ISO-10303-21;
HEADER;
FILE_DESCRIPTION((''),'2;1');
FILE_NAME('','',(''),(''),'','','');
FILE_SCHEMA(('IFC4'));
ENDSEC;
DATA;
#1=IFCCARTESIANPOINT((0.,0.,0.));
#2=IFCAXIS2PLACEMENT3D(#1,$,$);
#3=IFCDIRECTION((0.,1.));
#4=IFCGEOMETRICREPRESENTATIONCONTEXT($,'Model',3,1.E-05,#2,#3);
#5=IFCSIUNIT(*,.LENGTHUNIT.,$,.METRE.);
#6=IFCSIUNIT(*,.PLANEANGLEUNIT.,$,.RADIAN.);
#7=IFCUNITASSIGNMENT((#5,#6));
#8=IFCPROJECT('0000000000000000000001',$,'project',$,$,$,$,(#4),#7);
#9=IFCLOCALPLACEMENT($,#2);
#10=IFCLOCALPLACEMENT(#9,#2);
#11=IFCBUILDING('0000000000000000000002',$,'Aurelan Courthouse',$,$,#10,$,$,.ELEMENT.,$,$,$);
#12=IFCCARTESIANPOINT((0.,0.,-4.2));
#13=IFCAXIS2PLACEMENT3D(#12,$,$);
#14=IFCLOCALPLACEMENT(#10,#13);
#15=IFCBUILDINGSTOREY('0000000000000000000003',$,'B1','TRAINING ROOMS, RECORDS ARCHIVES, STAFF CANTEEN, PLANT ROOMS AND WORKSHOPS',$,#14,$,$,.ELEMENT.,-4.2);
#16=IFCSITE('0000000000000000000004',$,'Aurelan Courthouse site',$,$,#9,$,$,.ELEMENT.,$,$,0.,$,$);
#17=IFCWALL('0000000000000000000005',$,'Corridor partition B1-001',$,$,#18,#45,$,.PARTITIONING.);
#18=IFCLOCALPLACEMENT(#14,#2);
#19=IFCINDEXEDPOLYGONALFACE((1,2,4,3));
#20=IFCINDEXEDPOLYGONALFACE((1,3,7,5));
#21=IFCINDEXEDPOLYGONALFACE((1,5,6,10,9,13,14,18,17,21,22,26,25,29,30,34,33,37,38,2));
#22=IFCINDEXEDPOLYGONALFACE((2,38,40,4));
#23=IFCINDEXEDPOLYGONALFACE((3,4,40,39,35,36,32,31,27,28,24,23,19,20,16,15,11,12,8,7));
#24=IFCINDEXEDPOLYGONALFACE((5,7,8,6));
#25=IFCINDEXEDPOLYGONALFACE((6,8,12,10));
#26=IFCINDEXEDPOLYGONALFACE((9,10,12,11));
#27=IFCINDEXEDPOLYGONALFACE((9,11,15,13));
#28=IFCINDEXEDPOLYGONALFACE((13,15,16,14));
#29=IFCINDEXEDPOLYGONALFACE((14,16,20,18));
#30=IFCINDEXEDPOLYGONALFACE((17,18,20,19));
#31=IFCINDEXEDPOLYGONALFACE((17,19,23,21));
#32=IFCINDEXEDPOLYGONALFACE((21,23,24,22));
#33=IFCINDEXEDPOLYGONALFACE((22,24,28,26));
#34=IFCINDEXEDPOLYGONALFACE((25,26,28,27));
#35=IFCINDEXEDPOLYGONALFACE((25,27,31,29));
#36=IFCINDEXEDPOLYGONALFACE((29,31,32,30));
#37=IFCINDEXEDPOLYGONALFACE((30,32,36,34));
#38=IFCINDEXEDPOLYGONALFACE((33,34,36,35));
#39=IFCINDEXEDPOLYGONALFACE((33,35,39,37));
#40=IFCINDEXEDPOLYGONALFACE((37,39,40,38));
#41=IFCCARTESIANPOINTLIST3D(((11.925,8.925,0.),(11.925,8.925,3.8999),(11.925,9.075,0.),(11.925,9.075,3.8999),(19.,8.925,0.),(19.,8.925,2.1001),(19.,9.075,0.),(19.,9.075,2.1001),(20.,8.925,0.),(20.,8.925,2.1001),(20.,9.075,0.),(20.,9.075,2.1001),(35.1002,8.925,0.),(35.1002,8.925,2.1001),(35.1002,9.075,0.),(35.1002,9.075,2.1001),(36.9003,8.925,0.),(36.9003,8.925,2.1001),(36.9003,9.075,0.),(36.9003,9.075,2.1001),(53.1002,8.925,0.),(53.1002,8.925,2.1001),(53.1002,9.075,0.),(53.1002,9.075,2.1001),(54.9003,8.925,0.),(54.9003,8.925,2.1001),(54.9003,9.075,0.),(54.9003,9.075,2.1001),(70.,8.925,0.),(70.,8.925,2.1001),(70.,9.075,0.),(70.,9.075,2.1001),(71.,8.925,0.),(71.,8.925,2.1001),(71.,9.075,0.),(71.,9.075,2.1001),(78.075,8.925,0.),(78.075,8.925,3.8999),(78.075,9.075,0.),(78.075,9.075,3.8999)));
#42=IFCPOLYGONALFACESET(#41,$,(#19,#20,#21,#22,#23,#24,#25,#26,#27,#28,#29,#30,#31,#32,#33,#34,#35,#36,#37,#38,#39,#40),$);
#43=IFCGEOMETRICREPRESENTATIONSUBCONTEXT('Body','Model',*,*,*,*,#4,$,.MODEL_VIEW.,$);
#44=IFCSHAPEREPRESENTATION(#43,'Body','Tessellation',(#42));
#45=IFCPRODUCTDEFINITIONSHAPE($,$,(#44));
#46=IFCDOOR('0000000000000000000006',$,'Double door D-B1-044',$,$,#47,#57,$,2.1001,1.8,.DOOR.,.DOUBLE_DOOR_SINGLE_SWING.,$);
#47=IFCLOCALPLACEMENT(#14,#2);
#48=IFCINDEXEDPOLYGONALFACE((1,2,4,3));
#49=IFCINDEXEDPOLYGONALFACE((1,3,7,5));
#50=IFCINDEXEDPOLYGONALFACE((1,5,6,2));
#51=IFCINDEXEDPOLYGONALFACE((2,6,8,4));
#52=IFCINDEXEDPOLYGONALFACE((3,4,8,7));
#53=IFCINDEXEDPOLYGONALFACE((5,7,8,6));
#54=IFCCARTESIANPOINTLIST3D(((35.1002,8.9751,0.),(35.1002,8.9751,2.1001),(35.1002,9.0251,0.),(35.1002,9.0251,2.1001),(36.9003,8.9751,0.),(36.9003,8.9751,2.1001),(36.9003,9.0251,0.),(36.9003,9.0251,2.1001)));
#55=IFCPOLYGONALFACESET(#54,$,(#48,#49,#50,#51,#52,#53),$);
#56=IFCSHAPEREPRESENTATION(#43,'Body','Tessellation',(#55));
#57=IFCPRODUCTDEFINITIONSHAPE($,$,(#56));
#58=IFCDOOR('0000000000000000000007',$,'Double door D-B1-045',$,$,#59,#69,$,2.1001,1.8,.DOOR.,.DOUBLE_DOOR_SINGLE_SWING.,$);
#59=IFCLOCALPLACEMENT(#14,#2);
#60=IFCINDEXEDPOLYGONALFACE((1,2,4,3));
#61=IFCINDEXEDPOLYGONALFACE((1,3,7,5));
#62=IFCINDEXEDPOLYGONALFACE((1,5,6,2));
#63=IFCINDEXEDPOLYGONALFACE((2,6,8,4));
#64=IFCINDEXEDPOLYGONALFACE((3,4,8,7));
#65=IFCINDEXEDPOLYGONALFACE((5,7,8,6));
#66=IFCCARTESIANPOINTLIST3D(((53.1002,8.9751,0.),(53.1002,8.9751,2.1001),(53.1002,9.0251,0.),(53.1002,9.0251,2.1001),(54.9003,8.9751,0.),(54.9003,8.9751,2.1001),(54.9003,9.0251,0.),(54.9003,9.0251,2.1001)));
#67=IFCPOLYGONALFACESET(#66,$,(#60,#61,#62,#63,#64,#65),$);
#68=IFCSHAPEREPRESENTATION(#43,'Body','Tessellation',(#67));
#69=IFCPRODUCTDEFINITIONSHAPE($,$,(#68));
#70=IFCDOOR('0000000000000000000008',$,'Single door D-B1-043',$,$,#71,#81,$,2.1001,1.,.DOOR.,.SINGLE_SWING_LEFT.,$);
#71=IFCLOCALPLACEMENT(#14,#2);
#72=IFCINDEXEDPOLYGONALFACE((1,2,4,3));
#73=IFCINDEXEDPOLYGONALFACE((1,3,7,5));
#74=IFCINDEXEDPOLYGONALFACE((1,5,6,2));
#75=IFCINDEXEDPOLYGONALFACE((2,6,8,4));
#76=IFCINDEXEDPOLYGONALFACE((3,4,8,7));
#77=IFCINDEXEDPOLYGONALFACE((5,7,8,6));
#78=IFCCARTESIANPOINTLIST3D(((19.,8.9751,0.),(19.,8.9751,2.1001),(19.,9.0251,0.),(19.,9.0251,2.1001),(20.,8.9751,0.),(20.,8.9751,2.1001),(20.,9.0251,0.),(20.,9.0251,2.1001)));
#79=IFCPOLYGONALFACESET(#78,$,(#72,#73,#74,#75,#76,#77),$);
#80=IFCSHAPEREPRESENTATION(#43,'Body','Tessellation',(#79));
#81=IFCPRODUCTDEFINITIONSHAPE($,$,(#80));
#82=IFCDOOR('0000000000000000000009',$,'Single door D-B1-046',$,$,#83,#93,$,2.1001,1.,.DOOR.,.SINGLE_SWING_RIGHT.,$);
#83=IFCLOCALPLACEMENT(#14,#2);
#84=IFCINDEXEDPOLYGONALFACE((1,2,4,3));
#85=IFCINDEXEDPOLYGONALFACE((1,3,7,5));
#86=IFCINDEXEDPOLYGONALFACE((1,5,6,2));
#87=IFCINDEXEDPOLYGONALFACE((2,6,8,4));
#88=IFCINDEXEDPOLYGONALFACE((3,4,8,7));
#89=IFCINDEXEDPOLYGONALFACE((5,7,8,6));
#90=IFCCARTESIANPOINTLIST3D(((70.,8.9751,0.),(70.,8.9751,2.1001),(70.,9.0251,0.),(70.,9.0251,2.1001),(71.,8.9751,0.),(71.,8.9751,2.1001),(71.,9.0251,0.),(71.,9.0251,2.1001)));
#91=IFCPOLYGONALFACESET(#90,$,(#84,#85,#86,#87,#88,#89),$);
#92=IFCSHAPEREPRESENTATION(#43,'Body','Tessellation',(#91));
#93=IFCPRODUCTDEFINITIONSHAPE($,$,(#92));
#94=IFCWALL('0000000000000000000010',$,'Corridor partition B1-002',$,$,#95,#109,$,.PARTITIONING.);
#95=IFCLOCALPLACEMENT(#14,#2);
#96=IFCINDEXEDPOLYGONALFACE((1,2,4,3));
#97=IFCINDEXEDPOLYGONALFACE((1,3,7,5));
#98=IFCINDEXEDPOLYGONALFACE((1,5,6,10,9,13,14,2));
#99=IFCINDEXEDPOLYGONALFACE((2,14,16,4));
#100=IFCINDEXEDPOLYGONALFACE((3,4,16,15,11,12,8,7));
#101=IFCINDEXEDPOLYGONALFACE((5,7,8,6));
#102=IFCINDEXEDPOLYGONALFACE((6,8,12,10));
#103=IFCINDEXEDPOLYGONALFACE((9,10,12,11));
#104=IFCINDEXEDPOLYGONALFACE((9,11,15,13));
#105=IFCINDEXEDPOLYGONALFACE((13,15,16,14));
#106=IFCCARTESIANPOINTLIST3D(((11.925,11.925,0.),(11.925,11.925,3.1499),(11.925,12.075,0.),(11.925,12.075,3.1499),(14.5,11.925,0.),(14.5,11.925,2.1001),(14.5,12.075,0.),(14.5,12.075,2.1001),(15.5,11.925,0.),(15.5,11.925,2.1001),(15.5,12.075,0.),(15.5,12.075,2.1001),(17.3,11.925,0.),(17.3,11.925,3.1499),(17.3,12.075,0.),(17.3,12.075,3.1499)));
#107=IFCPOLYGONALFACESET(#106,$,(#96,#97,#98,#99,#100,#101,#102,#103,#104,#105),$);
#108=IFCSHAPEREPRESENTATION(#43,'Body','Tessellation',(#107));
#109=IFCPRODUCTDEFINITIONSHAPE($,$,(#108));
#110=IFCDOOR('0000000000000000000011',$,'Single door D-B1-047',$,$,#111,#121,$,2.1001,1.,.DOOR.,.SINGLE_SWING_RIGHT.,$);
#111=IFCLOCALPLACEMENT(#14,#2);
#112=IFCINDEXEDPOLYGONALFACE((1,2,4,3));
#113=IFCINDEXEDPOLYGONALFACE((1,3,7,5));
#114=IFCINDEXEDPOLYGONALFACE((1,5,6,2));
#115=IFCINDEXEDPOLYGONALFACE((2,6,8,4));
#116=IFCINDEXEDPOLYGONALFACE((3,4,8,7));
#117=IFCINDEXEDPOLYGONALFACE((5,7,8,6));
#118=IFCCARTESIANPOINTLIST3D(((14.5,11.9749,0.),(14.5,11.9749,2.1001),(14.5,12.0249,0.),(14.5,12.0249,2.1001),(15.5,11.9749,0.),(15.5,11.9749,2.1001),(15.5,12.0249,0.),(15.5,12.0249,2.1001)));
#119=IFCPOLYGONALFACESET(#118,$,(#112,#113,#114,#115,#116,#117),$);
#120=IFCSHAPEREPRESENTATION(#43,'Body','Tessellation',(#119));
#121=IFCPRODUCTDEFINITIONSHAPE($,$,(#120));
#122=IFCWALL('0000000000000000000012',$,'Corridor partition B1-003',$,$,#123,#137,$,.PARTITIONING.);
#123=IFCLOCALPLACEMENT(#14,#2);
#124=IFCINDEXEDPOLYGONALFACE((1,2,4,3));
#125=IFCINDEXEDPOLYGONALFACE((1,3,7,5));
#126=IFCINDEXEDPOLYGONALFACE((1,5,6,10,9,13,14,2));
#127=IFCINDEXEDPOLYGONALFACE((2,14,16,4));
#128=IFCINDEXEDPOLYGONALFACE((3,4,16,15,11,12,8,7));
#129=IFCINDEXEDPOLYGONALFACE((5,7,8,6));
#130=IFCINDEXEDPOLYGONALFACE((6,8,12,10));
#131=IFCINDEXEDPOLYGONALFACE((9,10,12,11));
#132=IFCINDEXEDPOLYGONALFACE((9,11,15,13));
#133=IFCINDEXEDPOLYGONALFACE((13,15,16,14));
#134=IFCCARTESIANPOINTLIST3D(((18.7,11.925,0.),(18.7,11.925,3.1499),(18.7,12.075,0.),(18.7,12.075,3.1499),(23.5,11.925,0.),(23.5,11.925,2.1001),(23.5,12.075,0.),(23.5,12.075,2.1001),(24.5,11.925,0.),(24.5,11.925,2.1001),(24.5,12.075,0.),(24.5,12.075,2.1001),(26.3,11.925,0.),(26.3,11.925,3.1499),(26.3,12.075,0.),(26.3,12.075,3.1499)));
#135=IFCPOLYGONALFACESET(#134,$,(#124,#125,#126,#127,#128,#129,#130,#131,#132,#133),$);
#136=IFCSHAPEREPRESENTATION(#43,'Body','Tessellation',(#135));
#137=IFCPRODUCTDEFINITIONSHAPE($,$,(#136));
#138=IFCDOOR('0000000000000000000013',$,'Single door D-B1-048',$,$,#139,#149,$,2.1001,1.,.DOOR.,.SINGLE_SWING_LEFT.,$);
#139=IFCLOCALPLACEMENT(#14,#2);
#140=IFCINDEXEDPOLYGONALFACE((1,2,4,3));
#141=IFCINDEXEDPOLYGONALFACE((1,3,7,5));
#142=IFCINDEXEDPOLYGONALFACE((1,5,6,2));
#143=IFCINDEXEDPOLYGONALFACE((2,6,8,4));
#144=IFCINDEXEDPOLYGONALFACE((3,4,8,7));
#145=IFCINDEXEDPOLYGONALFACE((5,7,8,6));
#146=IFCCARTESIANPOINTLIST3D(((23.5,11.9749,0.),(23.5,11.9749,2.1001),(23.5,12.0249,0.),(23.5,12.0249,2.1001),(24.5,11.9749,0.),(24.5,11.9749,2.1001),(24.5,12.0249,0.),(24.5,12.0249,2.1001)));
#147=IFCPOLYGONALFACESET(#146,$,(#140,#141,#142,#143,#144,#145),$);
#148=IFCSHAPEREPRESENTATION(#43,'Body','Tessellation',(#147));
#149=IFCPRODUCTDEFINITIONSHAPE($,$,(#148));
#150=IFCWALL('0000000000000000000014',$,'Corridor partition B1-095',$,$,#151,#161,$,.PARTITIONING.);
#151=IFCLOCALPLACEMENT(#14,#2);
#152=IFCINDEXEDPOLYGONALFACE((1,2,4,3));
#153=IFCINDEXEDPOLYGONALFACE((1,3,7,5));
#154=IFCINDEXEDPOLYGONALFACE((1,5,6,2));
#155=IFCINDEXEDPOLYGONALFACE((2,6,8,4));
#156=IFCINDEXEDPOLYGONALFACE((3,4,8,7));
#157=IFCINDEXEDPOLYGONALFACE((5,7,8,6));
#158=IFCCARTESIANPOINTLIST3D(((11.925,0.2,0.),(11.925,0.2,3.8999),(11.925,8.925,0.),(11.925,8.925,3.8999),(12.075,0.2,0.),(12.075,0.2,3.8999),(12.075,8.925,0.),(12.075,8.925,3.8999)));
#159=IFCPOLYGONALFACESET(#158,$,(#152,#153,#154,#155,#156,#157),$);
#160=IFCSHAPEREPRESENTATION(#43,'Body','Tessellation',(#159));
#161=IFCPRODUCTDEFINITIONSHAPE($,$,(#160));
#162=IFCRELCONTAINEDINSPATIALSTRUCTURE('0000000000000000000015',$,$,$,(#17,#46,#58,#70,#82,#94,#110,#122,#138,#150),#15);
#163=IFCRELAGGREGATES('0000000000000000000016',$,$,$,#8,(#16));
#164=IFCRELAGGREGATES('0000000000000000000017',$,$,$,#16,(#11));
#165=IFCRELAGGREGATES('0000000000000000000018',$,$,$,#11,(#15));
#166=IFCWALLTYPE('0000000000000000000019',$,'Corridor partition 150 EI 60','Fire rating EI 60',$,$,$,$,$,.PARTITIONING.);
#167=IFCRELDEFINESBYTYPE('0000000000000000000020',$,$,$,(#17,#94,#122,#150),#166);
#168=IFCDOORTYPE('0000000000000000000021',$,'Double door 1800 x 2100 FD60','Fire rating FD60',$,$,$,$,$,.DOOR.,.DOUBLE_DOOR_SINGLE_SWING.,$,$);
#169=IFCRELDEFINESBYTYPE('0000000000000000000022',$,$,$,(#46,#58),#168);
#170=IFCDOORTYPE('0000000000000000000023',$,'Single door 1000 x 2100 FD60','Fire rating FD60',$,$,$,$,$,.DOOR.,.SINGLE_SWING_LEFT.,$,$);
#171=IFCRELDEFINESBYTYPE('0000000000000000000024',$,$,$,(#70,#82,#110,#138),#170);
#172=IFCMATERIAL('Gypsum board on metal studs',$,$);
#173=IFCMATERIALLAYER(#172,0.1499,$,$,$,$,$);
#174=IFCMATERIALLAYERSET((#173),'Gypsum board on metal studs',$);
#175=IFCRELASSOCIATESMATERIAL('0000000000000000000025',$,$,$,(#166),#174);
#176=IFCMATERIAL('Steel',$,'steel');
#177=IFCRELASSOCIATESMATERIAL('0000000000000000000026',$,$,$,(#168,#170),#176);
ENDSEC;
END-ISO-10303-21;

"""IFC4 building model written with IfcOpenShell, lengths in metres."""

from ifc_helpers import new_model, si_unit, direction, frame, frame_2d, origin, place, context, subcontext, project, spatial, rectangle, extrude, material, layer, layer_set, type_object, element, fill, save


model = new_model("IFC4")

# Units and contexts
model_context = context("Model", 3, precision=1e-05, world=origin(), true_north=direction((0.0, 1.0)))
body_context = subcontext(model_context, "Body", "Model", "MODEL_VIEW")
ifc_project = project(units=[si_unit("LENGTHUNIT", "METRE"), si_unit("PLANEANGLEUNIT", "RADIAN")], contexts=[model_context])

# Site, building, storey
site_placement = place(None, origin())
site = spatial("IfcSite", under=ifc_project, at=site_placement, Name="Aurelan Courthouse site", CompositionType="ELEMENT", RefElevation=0.0)
building_placement = place(site_placement, origin())
building = spatial("IfcBuilding", under=site, at=building_placement, Name="Aurelan Courthouse", CompositionType="ELEMENT")
storey_placement = place(building_placement, frame((0.0, 0.0, -4.2)))
storey = spatial("IfcBuildingStorey", under=building, at=storey_placement, Name="B1", Description="TRAINING ROOMS, RECORDS ARCHIVES, STAFF CANTEEN, PLANT ROOMS AND WORKSHOPS", CompositionType="ELEMENT", Elevation=-4.2)

# Wall, openings, doors
ifc_material_1 = material(Name="Gypsum board on metal studs")
ifc_layer_1 = layer(ifc_material_1, 0.1499)
ifc_layer_set_1 = layer_set([ifc_layer_1], Name="Gypsum board on metal studs")
wall_type_1 = type_object("IfcWallType", Name="Corridor partition 150 EI 60", Description="Fire rating EI 60", PredefinedType="PARTITIONING", material=ifc_layer_set_1)
wall_1_placement = place(storey_placement, frame((11.925, 9.0, 0.0), z_axis=(0.0, 0.0, 1.0), x_axis=(1.0, 0.0, 0.0)))
wall_1 = element("IfcWall", 1, at=wall_1_placement, inside=storey, type_object=wall_type_1, Name="Corridor partition B1-001", PredefinedType="PARTITIONING", context=body_context, shape_type="SweptSolid", body=[
    extrude(rectangle(XDim=66.1499, YDim=0.1499, at=frame_2d((33.075, 0.0))), origin(), (0.0, 0.0, 1.0), 3.8999),
])
opening_1_placement = place(wall_1_placement, frame((8.075, 0.0, 0.0), z_axis=(0.0, 0.0, 1.0), x_axis=(-1.0, 0.0, 0.0)))
opening_1 = element("IfcOpeningElement", 2, at=opening_1_placement, cuts=wall_1, PredefinedType="OPENING", context=body_context, shape_type="SweptSolid", body=[
    extrude(rectangle(XDim=1.0, YDim=2.1001, at=frame_2d((0.5, 1.05))), frame((0.0, 0.085, 0.0), z_axis=(0.0, -1.0, 0.0), x_axis=(1.0, 0.0, 0.0)), (0.0, 0.0, 1.0), 0.1699),
])
opening_2_placement = place(wall_1_placement, frame((24.9751, 0.0, 0.0), z_axis=(0.0, 0.0, 1.0), x_axis=(-1.0, 0.0, 0.0)))
opening_2 = element("IfcOpeningElement", 3, at=opening_2_placement, cuts=wall_1, PredefinedType="OPENING", context=body_context, shape_type="SweptSolid", body=[
    extrude(rectangle(XDim=1.8, YDim=2.1001, at=frame_2d((0.8999, 1.05))), frame((0.0, 0.085, 0.0), z_axis=(0.0, -1.0, 0.0), x_axis=(1.0, 0.0, 0.0)), (0.0, 0.0, 1.0), 0.1699),
])
opening_3_placement = place(wall_1_placement, frame((42.9751, 0.0, 0.0), z_axis=(0.0, 0.0, 1.0), x_axis=(-1.0, 0.0, 0.0)))
opening_3 = element("IfcOpeningElement", 4, at=opening_3_placement, cuts=wall_1, PredefinedType="OPENING", context=body_context, shape_type="SweptSolid", body=[
    extrude(rectangle(XDim=1.8, YDim=2.1001, at=frame_2d((0.8999, 1.05))), frame((0.0, 0.085, 0.0), z_axis=(0.0, -1.0, 0.0), x_axis=(1.0, 0.0, 0.0)), (0.0, 0.0, 1.0), 0.1699),
])
opening_4_placement = place(wall_1_placement, frame((59.075, 0.0, 0.0), z_axis=(0.0, 0.0, 1.0), x_axis=(-1.0, 0.0, 0.0)))
opening_4 = element("IfcOpeningElement", 5, at=opening_4_placement, cuts=wall_1, PredefinedType="OPENING", context=body_context, shape_type="SweptSolid", body=[
    extrude(rectangle(XDim=1.0, YDim=2.1001, at=frame_2d((0.5, 1.05))), frame((0.0, 0.085, 0.0), z_axis=(0.0, -1.0, 0.0), x_axis=(1.0, 0.0, 0.0)), (0.0, 0.0, 1.0), 0.1699),
])
ifc_material_2 = material(Name="Steel", Category="steel")
door_type_1 = type_object("IfcDoorType", Name="Double door 1800 x 2100 FD60", Description="Fire rating FD60", OperationType="DOUBLE_DOOR_SINGLE_SWING", PredefinedType="DOOR", material=ifc_material_2)
door_1_placement = place(opening_2_placement, origin())
door_1 = element("IfcDoor", 6, at=door_1_placement, inside=storey, type_object=door_type_1, Name="Double door D-B1-044", OperationType="DOUBLE_DOOR_SINGLE_SWING", OverallHeight=2.1001, OverallWidth=1.8, PredefinedType="DOOR", context=body_context, shape_type="SweptSolid", body=[
    extrude(rectangle(XDim=1.8, YDim=2.1001, at=frame_2d((0.8999, 1.05))), frame((0.0, 0.0249, 0.0), z_axis=(0.0, -1.0, 0.0), x_axis=(1.0, 0.0, 0.0)), (0.0, 0.0, 1.0), 0.05),
])
fill(opening_2, door_1)
door_2_placement = place(opening_3_placement, origin())
door_2 = element("IfcDoor", 7, at=door_2_placement, inside=storey, type_object=door_type_1, Name="Double door D-B1-045", OperationType="DOUBLE_DOOR_SINGLE_SWING", OverallHeight=2.1001, OverallWidth=1.8, PredefinedType="DOOR", context=body_context, shape_type="SweptSolid", body=[
    extrude(rectangle(XDim=1.8, YDim=2.1001, at=frame_2d((0.8999, 1.05))), frame((0.0, 0.0249, 0.0), z_axis=(0.0, -1.0, 0.0), x_axis=(1.0, 0.0, 0.0)), (0.0, 0.0, 1.0), 0.05),
])
fill(opening_3, door_2)
door_type_2 = type_object("IfcDoorType", Name="Single door 1000 x 2100 FD60", Description="Fire rating FD60", OperationType="SINGLE_SWING_LEFT", PredefinedType="DOOR", material=ifc_material_2)
door_3_placement = place(opening_1_placement, origin())
door_3 = element("IfcDoor", 8, at=door_3_placement, inside=storey, type_object=door_type_2, Name="Single door D-B1-043", OperationType="SINGLE_SWING_LEFT", OverallHeight=2.1001, OverallWidth=1.0, PredefinedType="DOOR", context=body_context, shape_type="SweptSolid", body=[
    extrude(rectangle(XDim=1.0, YDim=2.1001, at=frame_2d((0.5, 1.05))), frame((0.0, 0.0249, 0.0), z_axis=(0.0, -1.0, 0.0), x_axis=(1.0, 0.0, 0.0)), (0.0, 0.0, 1.0), 0.05),
])
fill(opening_1, door_3)
door_4_placement = place(opening_4_placement, origin())
door_4 = element("IfcDoor", 9, at=door_4_placement, inside=storey, type_object=door_type_2, Name="Single door D-B1-046", OperationType="SINGLE_SWING_RIGHT", OverallHeight=2.1001, OverallWidth=1.0, PredefinedType="DOOR", context=body_context, shape_type="SweptSolid", body=[
    extrude(rectangle(XDim=1.0, YDim=2.1001, at=frame_2d((0.5, 1.05))), frame((0.0, 0.0249, 0.0), z_axis=(0.0, -1.0, 0.0), x_axis=(1.0, 0.0, 0.0)), (0.0, 0.0, 1.0), 0.05),
])
fill(opening_4, door_4)

# Walls, openings, doors
wall_2_placement = place(storey_placement, frame((11.925, 12.0, 0.0), z_axis=(0.0, 0.0, 1.0), x_axis=(1.0, 0.0, 0.0)))
wall_2 = element("IfcWall", 10, at=wall_2_placement, inside=storey, type_object=wall_type_1, Name="Corridor partition B1-002", PredefinedType="PARTITIONING", context=body_context, shape_type="SweptSolid", body=[
    extrude(rectangle(XDim=5.375, YDim=0.1499, at=frame_2d((2.6875, 0.0))), origin(), (0.0, 0.0, 1.0), 3.1499),
])
opening_5_placement = place(wall_2_placement, frame((2.575, 0.0, 0.0)))
opening_5 = element("IfcOpeningElement", 11, at=opening_5_placement, cuts=wall_2, PredefinedType="OPENING", context=body_context, shape_type="SweptSolid", body=[
    extrude(rectangle(XDim=1.0, YDim=2.1001, at=frame_2d((0.5, 1.05))), frame((0.0, 0.085, 0.0), z_axis=(0.0, -1.0, 0.0), x_axis=(1.0, 0.0, 0.0)), (0.0, 0.0, 1.0), 0.1699),
])
door_5_placement = place(opening_5_placement, origin())
door_5 = element("IfcDoor", 12, at=door_5_placement, inside=storey, type_object=door_type_2, Name="Single door D-B1-047", OperationType="SINGLE_SWING_RIGHT", OverallHeight=2.1001, OverallWidth=1.0, PredefinedType="DOOR", context=body_context, shape_type="SweptSolid", body=[
    extrude(rectangle(XDim=1.0, YDim=2.1001, at=frame_2d((0.5, 1.05))), frame((0.0, 0.0249, 0.0), z_axis=(0.0, -1.0, 0.0), x_axis=(1.0, 0.0, 0.0)), (0.0, 0.0, 1.0), 0.05),
])
fill(opening_5, door_5)
wall_3_placement = place(storey_placement, frame((18.7, 12.0, 0.0), z_axis=(0.0, 0.0, 1.0), x_axis=(1.0, 0.0, 0.0)))
wall_3 = element("IfcWall", 13, at=wall_3_placement, inside=storey, type_object=wall_type_1, Name="Corridor partition B1-003", PredefinedType="PARTITIONING", context=body_context, shape_type="SweptSolid", body=[
    extrude(rectangle(XDim=7.6001, YDim=0.1499, at=frame_2d((3.8, 0.0))), origin(), (0.0, 0.0, 1.0), 3.1499),
])
opening_6_placement = place(wall_3_placement, frame((4.8, 0.0, 0.0)))
opening_6 = element("IfcOpeningElement", 14, at=opening_6_placement, cuts=wall_3, PredefinedType="OPENING", context=body_context, shape_type="SweptSolid", body=[
    extrude(rectangle(XDim=1.0, YDim=2.1001, at=frame_2d((0.5, 1.05))), frame((0.0, 0.085, 0.0), z_axis=(0.0, -1.0, 0.0), x_axis=(1.0, 0.0, 0.0)), (0.0, 0.0, 1.0), 0.1699),
])
door_6_placement = place(opening_6_placement, origin())
door_6 = element("IfcDoor", 15, at=door_6_placement, inside=storey, type_object=door_type_2, Name="Single door D-B1-048", OperationType="SINGLE_SWING_LEFT", OverallHeight=2.1001, OverallWidth=1.0, PredefinedType="DOOR", context=body_context, shape_type="SweptSolid", body=[
    extrude(rectangle(XDim=1.0, YDim=2.1001, at=frame_2d((0.5, 1.05))), frame((0.0, 0.0249, 0.0), z_axis=(0.0, -1.0, 0.0), x_axis=(1.0, 0.0, 0.0)), (0.0, 0.0, 1.0), 0.05),
])
fill(opening_6, door_6)

# Wall
wall_4_placement = place(storey_placement, frame((12.0, 0.2, 0.0), z_axis=(0.0, 0.0, 1.0), x_axis=(0.0, 1.0, 0.0)))
element("IfcWall", 16, at=wall_4_placement, inside=storey, type_object=wall_type_1, Name="Corridor partition B1-095", PredefinedType="PARTITIONING", context=body_context, shape_type="SweptSolid", body=[
    extrude(rectangle(XDim=8.7251, YDim=0.1499, at=frame_2d((4.3625, 0.0))), origin(), (0.0, 0.0, 1.0), 3.8999),
])

save(model, "model.ifc")
